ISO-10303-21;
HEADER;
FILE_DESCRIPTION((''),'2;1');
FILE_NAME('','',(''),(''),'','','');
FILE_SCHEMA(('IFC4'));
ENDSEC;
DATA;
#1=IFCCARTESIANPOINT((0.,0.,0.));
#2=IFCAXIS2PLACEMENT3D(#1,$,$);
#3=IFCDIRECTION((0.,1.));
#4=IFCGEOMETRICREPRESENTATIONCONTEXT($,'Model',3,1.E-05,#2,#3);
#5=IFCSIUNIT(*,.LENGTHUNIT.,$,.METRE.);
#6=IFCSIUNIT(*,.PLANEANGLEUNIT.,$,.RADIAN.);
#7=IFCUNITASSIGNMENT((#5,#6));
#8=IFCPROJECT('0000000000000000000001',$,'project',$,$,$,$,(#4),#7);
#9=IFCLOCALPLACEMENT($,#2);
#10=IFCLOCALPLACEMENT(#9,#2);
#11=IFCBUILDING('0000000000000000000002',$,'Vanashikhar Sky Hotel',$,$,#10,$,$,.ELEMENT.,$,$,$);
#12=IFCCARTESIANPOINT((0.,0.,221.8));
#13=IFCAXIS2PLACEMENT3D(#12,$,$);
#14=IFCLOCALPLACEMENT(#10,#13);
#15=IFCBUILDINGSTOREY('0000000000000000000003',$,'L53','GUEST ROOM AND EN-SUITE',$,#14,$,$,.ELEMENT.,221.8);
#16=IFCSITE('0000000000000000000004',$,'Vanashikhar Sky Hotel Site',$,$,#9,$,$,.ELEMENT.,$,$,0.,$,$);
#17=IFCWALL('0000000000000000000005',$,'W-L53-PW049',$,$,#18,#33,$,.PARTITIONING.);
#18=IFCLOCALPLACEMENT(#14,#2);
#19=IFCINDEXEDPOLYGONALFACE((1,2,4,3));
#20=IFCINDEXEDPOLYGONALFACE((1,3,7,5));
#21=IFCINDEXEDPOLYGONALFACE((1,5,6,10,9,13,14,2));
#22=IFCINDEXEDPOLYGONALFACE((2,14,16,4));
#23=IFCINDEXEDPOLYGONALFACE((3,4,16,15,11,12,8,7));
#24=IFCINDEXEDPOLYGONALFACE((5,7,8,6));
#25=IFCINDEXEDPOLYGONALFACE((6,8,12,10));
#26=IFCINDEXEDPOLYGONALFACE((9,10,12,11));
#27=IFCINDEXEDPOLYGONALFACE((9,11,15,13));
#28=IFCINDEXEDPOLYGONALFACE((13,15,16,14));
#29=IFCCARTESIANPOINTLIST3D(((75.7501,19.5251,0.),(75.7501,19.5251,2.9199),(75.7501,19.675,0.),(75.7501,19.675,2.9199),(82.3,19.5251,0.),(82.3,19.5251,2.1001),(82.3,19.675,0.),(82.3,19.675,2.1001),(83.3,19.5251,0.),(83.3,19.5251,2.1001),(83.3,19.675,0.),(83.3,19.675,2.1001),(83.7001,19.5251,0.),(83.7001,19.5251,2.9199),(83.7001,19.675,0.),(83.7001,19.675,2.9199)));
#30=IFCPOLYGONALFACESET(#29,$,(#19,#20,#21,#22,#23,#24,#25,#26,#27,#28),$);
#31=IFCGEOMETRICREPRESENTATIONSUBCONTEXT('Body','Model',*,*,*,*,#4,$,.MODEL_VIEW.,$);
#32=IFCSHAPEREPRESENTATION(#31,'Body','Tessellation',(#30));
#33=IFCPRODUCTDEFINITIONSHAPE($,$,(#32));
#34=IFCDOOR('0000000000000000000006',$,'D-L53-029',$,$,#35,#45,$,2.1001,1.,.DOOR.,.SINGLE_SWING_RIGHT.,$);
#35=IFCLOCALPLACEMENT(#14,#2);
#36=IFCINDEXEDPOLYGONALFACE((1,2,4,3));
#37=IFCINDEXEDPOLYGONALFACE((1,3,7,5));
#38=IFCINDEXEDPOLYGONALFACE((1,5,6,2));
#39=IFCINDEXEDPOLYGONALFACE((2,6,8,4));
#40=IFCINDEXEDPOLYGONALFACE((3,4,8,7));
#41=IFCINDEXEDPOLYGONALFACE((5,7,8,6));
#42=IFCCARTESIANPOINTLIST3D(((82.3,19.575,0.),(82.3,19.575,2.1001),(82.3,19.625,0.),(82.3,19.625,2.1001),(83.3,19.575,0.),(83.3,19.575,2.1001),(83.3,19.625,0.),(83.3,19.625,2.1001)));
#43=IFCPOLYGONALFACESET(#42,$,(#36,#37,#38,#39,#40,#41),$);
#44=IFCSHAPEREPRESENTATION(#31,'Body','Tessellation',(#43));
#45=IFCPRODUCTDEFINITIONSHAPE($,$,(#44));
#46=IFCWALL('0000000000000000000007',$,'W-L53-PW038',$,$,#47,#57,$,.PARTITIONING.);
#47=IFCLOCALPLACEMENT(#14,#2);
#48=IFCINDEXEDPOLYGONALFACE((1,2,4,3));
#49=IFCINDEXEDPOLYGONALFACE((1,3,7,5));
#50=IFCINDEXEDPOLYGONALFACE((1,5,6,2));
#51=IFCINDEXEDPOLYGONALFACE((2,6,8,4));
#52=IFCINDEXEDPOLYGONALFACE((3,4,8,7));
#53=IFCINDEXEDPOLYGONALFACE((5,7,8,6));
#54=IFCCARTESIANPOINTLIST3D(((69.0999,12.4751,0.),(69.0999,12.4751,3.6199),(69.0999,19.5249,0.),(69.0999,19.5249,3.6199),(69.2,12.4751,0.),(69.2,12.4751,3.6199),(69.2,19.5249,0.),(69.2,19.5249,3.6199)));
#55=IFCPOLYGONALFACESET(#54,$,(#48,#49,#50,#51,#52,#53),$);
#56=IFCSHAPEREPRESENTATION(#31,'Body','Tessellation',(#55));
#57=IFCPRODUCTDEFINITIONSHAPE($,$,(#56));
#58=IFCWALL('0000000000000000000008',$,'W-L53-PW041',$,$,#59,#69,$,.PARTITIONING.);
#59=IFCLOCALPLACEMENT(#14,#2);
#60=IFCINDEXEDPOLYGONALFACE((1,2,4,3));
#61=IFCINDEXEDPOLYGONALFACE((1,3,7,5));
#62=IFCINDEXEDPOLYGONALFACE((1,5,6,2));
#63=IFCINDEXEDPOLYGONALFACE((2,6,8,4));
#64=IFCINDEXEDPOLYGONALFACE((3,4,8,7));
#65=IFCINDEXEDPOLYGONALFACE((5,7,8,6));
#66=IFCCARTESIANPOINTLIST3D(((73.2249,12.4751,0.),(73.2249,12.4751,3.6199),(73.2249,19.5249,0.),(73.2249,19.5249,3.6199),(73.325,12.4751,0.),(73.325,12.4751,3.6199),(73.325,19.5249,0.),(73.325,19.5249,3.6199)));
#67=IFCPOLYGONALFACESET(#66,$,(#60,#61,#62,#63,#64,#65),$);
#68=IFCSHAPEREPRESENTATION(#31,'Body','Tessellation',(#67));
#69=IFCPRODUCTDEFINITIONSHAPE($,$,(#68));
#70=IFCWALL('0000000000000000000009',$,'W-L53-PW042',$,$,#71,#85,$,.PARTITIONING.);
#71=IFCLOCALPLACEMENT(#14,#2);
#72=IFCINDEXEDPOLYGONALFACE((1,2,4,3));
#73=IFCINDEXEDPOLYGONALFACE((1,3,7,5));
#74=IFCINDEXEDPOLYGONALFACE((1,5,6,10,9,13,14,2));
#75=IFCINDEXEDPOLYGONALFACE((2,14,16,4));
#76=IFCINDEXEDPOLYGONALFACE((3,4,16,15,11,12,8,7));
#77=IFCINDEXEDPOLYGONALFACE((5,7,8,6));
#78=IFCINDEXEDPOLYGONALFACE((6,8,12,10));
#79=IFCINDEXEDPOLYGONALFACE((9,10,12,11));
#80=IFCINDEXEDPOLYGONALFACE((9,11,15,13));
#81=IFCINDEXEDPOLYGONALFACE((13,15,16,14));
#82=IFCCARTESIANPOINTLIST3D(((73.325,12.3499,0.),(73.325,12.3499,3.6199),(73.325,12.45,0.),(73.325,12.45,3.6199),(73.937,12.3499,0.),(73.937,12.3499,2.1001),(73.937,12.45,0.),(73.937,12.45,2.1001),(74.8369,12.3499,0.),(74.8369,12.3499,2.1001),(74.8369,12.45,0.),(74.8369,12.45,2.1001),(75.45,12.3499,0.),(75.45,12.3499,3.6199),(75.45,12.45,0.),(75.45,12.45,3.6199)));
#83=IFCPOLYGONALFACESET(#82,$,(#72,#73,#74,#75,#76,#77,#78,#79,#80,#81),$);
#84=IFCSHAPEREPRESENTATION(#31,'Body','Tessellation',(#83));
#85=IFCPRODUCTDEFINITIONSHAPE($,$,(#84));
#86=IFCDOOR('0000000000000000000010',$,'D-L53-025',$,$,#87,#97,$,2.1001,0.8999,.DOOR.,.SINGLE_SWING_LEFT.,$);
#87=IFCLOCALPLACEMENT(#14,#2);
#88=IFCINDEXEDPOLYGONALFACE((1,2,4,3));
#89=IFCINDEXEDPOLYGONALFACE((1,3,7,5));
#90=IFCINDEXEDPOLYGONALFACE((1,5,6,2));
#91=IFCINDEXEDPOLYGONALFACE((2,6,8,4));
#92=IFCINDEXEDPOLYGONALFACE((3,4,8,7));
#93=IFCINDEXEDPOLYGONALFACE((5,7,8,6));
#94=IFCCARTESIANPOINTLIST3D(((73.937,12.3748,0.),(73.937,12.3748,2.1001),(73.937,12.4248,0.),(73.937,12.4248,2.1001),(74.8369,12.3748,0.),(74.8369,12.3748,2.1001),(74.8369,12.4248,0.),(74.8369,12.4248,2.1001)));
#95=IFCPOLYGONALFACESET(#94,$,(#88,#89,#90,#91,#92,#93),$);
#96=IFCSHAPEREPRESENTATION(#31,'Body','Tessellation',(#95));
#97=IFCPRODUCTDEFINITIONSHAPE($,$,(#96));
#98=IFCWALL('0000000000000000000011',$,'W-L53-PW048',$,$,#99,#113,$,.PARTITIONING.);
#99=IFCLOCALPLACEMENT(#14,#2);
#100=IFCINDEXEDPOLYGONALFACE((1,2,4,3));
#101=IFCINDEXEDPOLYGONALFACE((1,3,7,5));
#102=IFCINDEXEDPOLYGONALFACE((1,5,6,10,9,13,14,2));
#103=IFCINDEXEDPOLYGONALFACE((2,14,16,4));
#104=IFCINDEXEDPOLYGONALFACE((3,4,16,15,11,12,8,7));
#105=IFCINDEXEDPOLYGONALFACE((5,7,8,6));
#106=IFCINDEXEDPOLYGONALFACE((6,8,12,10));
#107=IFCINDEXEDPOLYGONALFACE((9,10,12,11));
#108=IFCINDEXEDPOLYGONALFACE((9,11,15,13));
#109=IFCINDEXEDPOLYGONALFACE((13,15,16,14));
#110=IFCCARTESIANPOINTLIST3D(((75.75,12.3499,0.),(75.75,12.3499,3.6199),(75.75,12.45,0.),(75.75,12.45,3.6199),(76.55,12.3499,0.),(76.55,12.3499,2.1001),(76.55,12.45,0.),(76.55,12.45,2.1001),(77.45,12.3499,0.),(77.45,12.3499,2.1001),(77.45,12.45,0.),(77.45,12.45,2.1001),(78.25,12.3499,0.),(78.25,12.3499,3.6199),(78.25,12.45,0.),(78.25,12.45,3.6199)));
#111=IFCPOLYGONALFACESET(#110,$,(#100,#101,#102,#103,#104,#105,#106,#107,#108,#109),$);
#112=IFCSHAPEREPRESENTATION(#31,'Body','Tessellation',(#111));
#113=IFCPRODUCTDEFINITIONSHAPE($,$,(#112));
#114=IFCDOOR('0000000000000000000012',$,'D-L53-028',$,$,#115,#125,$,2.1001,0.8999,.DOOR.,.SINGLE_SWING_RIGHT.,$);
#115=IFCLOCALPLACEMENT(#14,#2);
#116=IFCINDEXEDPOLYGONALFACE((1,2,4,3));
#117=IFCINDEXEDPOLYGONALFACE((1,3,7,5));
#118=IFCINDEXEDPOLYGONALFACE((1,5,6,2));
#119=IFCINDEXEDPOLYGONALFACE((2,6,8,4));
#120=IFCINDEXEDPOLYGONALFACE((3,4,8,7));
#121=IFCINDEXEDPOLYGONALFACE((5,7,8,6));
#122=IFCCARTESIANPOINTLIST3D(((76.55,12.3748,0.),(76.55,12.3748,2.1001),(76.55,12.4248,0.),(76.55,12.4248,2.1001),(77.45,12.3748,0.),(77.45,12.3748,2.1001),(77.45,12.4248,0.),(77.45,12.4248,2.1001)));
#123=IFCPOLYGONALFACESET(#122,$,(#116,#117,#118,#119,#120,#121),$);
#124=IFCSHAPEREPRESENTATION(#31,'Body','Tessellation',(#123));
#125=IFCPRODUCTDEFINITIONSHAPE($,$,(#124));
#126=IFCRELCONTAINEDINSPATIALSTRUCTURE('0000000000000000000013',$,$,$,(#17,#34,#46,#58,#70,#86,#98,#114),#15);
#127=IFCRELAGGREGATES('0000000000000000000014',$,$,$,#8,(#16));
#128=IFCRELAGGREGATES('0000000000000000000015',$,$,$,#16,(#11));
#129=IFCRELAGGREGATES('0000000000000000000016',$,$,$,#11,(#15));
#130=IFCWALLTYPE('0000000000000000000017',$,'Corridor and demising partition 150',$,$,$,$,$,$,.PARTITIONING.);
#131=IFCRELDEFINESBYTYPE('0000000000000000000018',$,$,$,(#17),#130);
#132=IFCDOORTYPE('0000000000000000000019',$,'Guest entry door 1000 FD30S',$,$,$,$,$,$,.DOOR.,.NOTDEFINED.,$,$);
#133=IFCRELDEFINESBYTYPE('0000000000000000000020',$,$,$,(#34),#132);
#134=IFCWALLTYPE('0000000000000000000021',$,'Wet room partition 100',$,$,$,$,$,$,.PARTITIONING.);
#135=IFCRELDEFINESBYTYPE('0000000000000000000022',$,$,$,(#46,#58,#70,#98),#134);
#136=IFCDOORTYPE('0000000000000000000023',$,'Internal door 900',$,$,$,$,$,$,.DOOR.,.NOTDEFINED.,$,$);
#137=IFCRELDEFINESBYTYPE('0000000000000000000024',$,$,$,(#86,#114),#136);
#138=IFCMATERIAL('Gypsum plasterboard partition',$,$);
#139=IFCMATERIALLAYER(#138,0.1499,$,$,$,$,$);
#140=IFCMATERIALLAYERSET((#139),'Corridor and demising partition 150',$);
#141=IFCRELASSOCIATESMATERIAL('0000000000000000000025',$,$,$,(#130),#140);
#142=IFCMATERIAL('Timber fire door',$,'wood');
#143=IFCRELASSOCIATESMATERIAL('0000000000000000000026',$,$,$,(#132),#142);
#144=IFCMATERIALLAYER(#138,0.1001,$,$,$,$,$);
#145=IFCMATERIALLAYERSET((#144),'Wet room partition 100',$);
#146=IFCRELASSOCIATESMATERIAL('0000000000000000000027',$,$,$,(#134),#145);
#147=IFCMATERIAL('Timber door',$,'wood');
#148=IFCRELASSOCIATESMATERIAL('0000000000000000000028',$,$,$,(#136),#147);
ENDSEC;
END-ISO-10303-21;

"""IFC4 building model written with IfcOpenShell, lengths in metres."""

from ifc_helpers import new_model, si_unit, direction, frame, frame_2d, origin, place, context, subcontext, project, spatial, rectangle, extrude, source, transform, mapped, material, layer, layer_set, type_object, element, fill, save


model = new_model("IFC4")

# Units and contexts
model_context = context("Model", 3, precision=1e-05, world=origin(), true_north=direction((0.0, 1.0)))
body_context = subcontext(model_context, "Body", "Model", "MODEL_VIEW")
ifc_project = project(units=[si_unit("LENGTHUNIT", "METRE"), si_unit("PLANEANGLEUNIT", "RADIAN")], contexts=[model_context])

# Site, building, storey
site_placement = place(None, origin())
site = spatial("IfcSite", under=ifc_project, at=site_placement, Name="Vanashikhar Sky Hotel Site", CompositionType="ELEMENT", RefElevation=0.0)
building_placement = place(site_placement, origin())
building = spatial("IfcBuilding", under=site, at=building_placement, Name="Vanashikhar Sky Hotel", CompositionType="ELEMENT")
storey_placement = place(building_placement, frame((0.0, 0.0, 221.8)))
storey = spatial("IfcBuildingStorey", under=building, at=storey_placement, Name="L53", Description="GUEST ROOM AND EN-SUITE", CompositionType="ELEMENT", Elevation=221.8)

# Shared definitions
shared_shape_1 = source(origin(), body_context, "Body", "SweptSolid", [
    extrude(rectangle(XDim=1.0, YDim=2.1001, at=frame_2d((0.5, 1.05))), frame((0.0, 0.0249, 0.0), z_axis=(0.0, -1.0, 0.0), x_axis=(1.0, 0.0, 0.0)), (0.0, 0.0, 1.0), 0.05),
])

# Wall, opening, door
ifc_material_1 = material(Name="Gypsum plasterboard partition")
ifc_layer_1 = layer(ifc_material_1, 0.1499)
ifc_layer_set_1 = layer_set([ifc_layer_1], Name="Corridor and demising partition 150")
wall_type_1 = type_object("IfcWallType", Name="Corridor and demising partition 150", PredefinedType="PARTITIONING", material=ifc_layer_set_1)
shared_shape_2 = source(origin(), body_context, "Body", "SweptSolid", [
    extrude(rectangle(XDim=1.0, YDim=2.1001, at=frame_2d((0.5, 1.05))), frame((0.0, 0.085, 0.0), z_axis=(0.0, -1.0, 0.0), x_axis=(1.0, 0.0, 0.0)), (0.0, 0.0, 1.0), 0.1699),
])
ifc_material_2 = material(Name="Timber fire door", Category="wood")
door_type_1 = type_object("IfcDoorType", Name="Guest entry door 1000 FD30S", OperationType="NOTDEFINED", PredefinedType="DOOR", material=ifc_material_2)
shared_shape_3 = source(origin(), body_context, "Body", "SweptSolid", [
    extrude(rectangle(XDim=7.95, YDim=0.1499, at=frame_2d((3.9751, 0.0))), origin(), (0.0, 0.0, 1.0), 2.9199),
])
wall_1_placement = place(storey_placement, frame((75.75, 19.6001, 0.0), z_axis=(0.0, 0.0, 1.0), x_axis=(1.0, 0.0, 0.0)))
wall_1 = element("IfcWall", 1, at=wall_1_placement, inside=storey, type_object=wall_type_1, Name="W-L53-PW049", PredefinedType="PARTITIONING", context=body_context, shape_type="MappedRepresentation", body=[
    mapped(shared_shape_3, transform((0.0, 0.0, 0.0), scale=1.0)),
])
opening_1_placement = place(wall_1_placement, frame((6.55, 0.0, 0.0)))
opening_1 = element("IfcOpeningElement", 2, at=opening_1_placement, cuts=wall_1, PredefinedType="OPENING", context=body_context, shape_type="MappedRepresentation", body=[
    mapped(shared_shape_2, transform((0.0, 0.0, 0.0), scale=1.0)),
])
door_1_placement = place(opening_1_placement, origin())
door_1 = element("IfcDoor", 3, at=door_1_placement, inside=storey, type_object=door_type_1, Name="D-L53-029", OperationType="SINGLE_SWING_RIGHT", OverallHeight=2.1001, OverallWidth=1.0, PredefinedType="DOOR", context=body_context, shape_type="MappedRepresentation", body=[
    mapped(shared_shape_1, transform((0.0, 0.0, 0.0), scale=1.0)),
])
fill(opening_1, door_1)

# Walls
ifc_layer_2 = layer(ifc_material_1, 0.1001)
ifc_layer_set_2 = layer_set([ifc_layer_2], Name="Wet room partition 100")
wall_type_2 = type_object("IfcWallType", Name="Wet room partition 100", PredefinedType="PARTITIONING", material=ifc_layer_set_2)
shared_shape_4 = source(origin(), body_context, "Body", "SweptSolid", [
    extrude(rectangle(XDim=7.0498, YDim=0.1001, at=frame_2d((3.5249, 0.0))), origin(), (0.0, 0.0, 1.0), 3.6199),
])
for number, where, z_axis, x_axis, name in (
    (4, (69.1499, 12.4751, 0.0), (0.0, 0.0, 1.0), (0.0, 1.0, 0.0), "W-L53-PW038"),
    (5, (73.2749, 12.4751, 0.0), (0.0, 0.0, 1.0), (0.0, 1.0, 0.0), "W-L53-PW041"),
):
    element("IfcWall", number, at=place(storey_placement, frame(where, z_axis=z_axis, x_axis=x_axis)), inside=storey, type_object=wall_type_2, Name=name, PredefinedType="PARTITIONING", context=body_context, shape_type="MappedRepresentation", body=[
        mapped(shared_shape_4, transform((0.0, 0.0, 0.0), scale=1.0)),
    ])

# Walls, openings, doors
shared_shape_5 = source(origin(), body_context, "Body", "SweptSolid", [
    extrude(rectangle(XDim=2.125, YDim=0.1001, at=frame_2d((1.0625, 0.0))), origin(), (0.0, 0.0, 1.0), 3.6199),
])
wall_2_placement = place(storey_placement, frame((73.325, 12.3999, 0.0), z_axis=(0.0, 0.0, 1.0), x_axis=(1.0, 0.0, 0.0)))
wall_2 = element("IfcWall", 6, at=wall_2_placement, inside=storey, type_object=wall_type_2, Name="W-L53-PW042", PredefinedType="PARTITIONING", context=body_context, shape_type="MappedRepresentation", body=[
    mapped(shared_shape_5, transform((0.0, 0.0, 0.0), scale=1.0)),
])
shared_shape_6 = source(origin(), body_context, "Body", "SweptSolid", [
    extrude(rectangle(XDim=0.8999, YDim=2.1001, at=frame_2d((0.45, 1.05))), frame((0.0, 0.0601, 0.0), z_axis=(0.0, -1.0, 0.0), x_axis=(1.0, 0.0, 0.0)), (0.0, 0.0, 1.0), 0.1201),
])
opening_2_placement = place(wall_2_placement, frame((0.6121, 0.0, 0.0)))
opening_2 = element("IfcOpeningElement", 7, at=opening_2_placement, cuts=wall_2, PredefinedType="OPENING", context=body_context, shape_type="MappedRepresentation", body=[
    mapped(shared_shape_6, transform((0.0, 0.0, 0.0), scale=1.0)),
])
ifc_material_3 = material(Name="Timber door", Category="wood")
door_type_2 = type_object("IfcDoorType", Name="Internal door 900", OperationType="NOTDEFINED", PredefinedType="DOOR", material=ifc_material_3)
shared_shape_7 = source(origin(), body_context, "Body", "SweptSolid", [
    extrude(rectangle(XDim=0.8999, YDim=2.1001, at=frame_2d((0.45, 1.05))), frame((0.0, 0.0249, 0.0), z_axis=(0.0, -1.0, 0.0), x_axis=(1.0, 0.0, 0.0)), (0.0, 0.0, 1.0), 0.05),
])
door_2_placement = place(opening_2_placement, origin())
door_2 = element("IfcDoor", 8, at=door_2_placement, inside=storey, type_object=door_type_2, Name="D-L53-025", OperationType="SINGLE_SWING_LEFT", OverallHeight=2.1001, OverallWidth=0.8999, PredefinedType="DOOR", context=body_context, shape_type="MappedRepresentation", body=[
    mapped(shared_shape_7, transform((0.0, 0.0, 0.0), scale=1.0)),
])
fill(opening_2, door_2)
shared_shape_8 = source(origin(), body_context, "Body", "SweptSolid", [
    extrude(rectangle(XDim=2.5, YDim=0.1001, at=frame_2d((1.25, 0.0))), origin(), (0.0, 0.0, 1.0), 3.6199),
])
wall_3_placement = place(storey_placement, frame((75.75, 12.3999, 0.0), z_axis=(0.0, 0.0, 1.0), x_axis=(1.0, 0.0, 0.0)))
wall_3 = element("IfcWall", 9, at=wall_3_placement, inside=storey, type_object=wall_type_2, Name="W-L53-PW048", PredefinedType="PARTITIONING", context=body_context, shape_type="MappedRepresentation", body=[
    mapped(shared_shape_8, transform((0.0, 0.0, 0.0), scale=1.0)),
])
opening_3_placement = place(wall_3_placement, frame((0.8, 0.0, 0.0)))
opening_3 = element("IfcOpeningElement", 10, at=opening_3_placement, cuts=wall_3, PredefinedType="OPENING", context=body_context, shape_type="MappedRepresentation", body=[
    mapped(shared_shape_6, transform((0.0, 0.0, 0.0), scale=1.0)),
])
door_3_placement = place(opening_3_placement, origin())
door_3 = element("IfcDoor", 11, at=door_3_placement, inside=storey, type_object=door_type_2, Name="D-L53-028", OperationType="SINGLE_SWING_RIGHT", OverallHeight=2.1001, OverallWidth=0.8999, PredefinedType="DOOR", context=body_context, shape_type="MappedRepresentation", body=[
    mapped(shared_shape_7, transform((0.0, 0.0, 0.0), scale=1.0)),
])
fill(opening_3, door_3)

save(model, "model.ifc")
